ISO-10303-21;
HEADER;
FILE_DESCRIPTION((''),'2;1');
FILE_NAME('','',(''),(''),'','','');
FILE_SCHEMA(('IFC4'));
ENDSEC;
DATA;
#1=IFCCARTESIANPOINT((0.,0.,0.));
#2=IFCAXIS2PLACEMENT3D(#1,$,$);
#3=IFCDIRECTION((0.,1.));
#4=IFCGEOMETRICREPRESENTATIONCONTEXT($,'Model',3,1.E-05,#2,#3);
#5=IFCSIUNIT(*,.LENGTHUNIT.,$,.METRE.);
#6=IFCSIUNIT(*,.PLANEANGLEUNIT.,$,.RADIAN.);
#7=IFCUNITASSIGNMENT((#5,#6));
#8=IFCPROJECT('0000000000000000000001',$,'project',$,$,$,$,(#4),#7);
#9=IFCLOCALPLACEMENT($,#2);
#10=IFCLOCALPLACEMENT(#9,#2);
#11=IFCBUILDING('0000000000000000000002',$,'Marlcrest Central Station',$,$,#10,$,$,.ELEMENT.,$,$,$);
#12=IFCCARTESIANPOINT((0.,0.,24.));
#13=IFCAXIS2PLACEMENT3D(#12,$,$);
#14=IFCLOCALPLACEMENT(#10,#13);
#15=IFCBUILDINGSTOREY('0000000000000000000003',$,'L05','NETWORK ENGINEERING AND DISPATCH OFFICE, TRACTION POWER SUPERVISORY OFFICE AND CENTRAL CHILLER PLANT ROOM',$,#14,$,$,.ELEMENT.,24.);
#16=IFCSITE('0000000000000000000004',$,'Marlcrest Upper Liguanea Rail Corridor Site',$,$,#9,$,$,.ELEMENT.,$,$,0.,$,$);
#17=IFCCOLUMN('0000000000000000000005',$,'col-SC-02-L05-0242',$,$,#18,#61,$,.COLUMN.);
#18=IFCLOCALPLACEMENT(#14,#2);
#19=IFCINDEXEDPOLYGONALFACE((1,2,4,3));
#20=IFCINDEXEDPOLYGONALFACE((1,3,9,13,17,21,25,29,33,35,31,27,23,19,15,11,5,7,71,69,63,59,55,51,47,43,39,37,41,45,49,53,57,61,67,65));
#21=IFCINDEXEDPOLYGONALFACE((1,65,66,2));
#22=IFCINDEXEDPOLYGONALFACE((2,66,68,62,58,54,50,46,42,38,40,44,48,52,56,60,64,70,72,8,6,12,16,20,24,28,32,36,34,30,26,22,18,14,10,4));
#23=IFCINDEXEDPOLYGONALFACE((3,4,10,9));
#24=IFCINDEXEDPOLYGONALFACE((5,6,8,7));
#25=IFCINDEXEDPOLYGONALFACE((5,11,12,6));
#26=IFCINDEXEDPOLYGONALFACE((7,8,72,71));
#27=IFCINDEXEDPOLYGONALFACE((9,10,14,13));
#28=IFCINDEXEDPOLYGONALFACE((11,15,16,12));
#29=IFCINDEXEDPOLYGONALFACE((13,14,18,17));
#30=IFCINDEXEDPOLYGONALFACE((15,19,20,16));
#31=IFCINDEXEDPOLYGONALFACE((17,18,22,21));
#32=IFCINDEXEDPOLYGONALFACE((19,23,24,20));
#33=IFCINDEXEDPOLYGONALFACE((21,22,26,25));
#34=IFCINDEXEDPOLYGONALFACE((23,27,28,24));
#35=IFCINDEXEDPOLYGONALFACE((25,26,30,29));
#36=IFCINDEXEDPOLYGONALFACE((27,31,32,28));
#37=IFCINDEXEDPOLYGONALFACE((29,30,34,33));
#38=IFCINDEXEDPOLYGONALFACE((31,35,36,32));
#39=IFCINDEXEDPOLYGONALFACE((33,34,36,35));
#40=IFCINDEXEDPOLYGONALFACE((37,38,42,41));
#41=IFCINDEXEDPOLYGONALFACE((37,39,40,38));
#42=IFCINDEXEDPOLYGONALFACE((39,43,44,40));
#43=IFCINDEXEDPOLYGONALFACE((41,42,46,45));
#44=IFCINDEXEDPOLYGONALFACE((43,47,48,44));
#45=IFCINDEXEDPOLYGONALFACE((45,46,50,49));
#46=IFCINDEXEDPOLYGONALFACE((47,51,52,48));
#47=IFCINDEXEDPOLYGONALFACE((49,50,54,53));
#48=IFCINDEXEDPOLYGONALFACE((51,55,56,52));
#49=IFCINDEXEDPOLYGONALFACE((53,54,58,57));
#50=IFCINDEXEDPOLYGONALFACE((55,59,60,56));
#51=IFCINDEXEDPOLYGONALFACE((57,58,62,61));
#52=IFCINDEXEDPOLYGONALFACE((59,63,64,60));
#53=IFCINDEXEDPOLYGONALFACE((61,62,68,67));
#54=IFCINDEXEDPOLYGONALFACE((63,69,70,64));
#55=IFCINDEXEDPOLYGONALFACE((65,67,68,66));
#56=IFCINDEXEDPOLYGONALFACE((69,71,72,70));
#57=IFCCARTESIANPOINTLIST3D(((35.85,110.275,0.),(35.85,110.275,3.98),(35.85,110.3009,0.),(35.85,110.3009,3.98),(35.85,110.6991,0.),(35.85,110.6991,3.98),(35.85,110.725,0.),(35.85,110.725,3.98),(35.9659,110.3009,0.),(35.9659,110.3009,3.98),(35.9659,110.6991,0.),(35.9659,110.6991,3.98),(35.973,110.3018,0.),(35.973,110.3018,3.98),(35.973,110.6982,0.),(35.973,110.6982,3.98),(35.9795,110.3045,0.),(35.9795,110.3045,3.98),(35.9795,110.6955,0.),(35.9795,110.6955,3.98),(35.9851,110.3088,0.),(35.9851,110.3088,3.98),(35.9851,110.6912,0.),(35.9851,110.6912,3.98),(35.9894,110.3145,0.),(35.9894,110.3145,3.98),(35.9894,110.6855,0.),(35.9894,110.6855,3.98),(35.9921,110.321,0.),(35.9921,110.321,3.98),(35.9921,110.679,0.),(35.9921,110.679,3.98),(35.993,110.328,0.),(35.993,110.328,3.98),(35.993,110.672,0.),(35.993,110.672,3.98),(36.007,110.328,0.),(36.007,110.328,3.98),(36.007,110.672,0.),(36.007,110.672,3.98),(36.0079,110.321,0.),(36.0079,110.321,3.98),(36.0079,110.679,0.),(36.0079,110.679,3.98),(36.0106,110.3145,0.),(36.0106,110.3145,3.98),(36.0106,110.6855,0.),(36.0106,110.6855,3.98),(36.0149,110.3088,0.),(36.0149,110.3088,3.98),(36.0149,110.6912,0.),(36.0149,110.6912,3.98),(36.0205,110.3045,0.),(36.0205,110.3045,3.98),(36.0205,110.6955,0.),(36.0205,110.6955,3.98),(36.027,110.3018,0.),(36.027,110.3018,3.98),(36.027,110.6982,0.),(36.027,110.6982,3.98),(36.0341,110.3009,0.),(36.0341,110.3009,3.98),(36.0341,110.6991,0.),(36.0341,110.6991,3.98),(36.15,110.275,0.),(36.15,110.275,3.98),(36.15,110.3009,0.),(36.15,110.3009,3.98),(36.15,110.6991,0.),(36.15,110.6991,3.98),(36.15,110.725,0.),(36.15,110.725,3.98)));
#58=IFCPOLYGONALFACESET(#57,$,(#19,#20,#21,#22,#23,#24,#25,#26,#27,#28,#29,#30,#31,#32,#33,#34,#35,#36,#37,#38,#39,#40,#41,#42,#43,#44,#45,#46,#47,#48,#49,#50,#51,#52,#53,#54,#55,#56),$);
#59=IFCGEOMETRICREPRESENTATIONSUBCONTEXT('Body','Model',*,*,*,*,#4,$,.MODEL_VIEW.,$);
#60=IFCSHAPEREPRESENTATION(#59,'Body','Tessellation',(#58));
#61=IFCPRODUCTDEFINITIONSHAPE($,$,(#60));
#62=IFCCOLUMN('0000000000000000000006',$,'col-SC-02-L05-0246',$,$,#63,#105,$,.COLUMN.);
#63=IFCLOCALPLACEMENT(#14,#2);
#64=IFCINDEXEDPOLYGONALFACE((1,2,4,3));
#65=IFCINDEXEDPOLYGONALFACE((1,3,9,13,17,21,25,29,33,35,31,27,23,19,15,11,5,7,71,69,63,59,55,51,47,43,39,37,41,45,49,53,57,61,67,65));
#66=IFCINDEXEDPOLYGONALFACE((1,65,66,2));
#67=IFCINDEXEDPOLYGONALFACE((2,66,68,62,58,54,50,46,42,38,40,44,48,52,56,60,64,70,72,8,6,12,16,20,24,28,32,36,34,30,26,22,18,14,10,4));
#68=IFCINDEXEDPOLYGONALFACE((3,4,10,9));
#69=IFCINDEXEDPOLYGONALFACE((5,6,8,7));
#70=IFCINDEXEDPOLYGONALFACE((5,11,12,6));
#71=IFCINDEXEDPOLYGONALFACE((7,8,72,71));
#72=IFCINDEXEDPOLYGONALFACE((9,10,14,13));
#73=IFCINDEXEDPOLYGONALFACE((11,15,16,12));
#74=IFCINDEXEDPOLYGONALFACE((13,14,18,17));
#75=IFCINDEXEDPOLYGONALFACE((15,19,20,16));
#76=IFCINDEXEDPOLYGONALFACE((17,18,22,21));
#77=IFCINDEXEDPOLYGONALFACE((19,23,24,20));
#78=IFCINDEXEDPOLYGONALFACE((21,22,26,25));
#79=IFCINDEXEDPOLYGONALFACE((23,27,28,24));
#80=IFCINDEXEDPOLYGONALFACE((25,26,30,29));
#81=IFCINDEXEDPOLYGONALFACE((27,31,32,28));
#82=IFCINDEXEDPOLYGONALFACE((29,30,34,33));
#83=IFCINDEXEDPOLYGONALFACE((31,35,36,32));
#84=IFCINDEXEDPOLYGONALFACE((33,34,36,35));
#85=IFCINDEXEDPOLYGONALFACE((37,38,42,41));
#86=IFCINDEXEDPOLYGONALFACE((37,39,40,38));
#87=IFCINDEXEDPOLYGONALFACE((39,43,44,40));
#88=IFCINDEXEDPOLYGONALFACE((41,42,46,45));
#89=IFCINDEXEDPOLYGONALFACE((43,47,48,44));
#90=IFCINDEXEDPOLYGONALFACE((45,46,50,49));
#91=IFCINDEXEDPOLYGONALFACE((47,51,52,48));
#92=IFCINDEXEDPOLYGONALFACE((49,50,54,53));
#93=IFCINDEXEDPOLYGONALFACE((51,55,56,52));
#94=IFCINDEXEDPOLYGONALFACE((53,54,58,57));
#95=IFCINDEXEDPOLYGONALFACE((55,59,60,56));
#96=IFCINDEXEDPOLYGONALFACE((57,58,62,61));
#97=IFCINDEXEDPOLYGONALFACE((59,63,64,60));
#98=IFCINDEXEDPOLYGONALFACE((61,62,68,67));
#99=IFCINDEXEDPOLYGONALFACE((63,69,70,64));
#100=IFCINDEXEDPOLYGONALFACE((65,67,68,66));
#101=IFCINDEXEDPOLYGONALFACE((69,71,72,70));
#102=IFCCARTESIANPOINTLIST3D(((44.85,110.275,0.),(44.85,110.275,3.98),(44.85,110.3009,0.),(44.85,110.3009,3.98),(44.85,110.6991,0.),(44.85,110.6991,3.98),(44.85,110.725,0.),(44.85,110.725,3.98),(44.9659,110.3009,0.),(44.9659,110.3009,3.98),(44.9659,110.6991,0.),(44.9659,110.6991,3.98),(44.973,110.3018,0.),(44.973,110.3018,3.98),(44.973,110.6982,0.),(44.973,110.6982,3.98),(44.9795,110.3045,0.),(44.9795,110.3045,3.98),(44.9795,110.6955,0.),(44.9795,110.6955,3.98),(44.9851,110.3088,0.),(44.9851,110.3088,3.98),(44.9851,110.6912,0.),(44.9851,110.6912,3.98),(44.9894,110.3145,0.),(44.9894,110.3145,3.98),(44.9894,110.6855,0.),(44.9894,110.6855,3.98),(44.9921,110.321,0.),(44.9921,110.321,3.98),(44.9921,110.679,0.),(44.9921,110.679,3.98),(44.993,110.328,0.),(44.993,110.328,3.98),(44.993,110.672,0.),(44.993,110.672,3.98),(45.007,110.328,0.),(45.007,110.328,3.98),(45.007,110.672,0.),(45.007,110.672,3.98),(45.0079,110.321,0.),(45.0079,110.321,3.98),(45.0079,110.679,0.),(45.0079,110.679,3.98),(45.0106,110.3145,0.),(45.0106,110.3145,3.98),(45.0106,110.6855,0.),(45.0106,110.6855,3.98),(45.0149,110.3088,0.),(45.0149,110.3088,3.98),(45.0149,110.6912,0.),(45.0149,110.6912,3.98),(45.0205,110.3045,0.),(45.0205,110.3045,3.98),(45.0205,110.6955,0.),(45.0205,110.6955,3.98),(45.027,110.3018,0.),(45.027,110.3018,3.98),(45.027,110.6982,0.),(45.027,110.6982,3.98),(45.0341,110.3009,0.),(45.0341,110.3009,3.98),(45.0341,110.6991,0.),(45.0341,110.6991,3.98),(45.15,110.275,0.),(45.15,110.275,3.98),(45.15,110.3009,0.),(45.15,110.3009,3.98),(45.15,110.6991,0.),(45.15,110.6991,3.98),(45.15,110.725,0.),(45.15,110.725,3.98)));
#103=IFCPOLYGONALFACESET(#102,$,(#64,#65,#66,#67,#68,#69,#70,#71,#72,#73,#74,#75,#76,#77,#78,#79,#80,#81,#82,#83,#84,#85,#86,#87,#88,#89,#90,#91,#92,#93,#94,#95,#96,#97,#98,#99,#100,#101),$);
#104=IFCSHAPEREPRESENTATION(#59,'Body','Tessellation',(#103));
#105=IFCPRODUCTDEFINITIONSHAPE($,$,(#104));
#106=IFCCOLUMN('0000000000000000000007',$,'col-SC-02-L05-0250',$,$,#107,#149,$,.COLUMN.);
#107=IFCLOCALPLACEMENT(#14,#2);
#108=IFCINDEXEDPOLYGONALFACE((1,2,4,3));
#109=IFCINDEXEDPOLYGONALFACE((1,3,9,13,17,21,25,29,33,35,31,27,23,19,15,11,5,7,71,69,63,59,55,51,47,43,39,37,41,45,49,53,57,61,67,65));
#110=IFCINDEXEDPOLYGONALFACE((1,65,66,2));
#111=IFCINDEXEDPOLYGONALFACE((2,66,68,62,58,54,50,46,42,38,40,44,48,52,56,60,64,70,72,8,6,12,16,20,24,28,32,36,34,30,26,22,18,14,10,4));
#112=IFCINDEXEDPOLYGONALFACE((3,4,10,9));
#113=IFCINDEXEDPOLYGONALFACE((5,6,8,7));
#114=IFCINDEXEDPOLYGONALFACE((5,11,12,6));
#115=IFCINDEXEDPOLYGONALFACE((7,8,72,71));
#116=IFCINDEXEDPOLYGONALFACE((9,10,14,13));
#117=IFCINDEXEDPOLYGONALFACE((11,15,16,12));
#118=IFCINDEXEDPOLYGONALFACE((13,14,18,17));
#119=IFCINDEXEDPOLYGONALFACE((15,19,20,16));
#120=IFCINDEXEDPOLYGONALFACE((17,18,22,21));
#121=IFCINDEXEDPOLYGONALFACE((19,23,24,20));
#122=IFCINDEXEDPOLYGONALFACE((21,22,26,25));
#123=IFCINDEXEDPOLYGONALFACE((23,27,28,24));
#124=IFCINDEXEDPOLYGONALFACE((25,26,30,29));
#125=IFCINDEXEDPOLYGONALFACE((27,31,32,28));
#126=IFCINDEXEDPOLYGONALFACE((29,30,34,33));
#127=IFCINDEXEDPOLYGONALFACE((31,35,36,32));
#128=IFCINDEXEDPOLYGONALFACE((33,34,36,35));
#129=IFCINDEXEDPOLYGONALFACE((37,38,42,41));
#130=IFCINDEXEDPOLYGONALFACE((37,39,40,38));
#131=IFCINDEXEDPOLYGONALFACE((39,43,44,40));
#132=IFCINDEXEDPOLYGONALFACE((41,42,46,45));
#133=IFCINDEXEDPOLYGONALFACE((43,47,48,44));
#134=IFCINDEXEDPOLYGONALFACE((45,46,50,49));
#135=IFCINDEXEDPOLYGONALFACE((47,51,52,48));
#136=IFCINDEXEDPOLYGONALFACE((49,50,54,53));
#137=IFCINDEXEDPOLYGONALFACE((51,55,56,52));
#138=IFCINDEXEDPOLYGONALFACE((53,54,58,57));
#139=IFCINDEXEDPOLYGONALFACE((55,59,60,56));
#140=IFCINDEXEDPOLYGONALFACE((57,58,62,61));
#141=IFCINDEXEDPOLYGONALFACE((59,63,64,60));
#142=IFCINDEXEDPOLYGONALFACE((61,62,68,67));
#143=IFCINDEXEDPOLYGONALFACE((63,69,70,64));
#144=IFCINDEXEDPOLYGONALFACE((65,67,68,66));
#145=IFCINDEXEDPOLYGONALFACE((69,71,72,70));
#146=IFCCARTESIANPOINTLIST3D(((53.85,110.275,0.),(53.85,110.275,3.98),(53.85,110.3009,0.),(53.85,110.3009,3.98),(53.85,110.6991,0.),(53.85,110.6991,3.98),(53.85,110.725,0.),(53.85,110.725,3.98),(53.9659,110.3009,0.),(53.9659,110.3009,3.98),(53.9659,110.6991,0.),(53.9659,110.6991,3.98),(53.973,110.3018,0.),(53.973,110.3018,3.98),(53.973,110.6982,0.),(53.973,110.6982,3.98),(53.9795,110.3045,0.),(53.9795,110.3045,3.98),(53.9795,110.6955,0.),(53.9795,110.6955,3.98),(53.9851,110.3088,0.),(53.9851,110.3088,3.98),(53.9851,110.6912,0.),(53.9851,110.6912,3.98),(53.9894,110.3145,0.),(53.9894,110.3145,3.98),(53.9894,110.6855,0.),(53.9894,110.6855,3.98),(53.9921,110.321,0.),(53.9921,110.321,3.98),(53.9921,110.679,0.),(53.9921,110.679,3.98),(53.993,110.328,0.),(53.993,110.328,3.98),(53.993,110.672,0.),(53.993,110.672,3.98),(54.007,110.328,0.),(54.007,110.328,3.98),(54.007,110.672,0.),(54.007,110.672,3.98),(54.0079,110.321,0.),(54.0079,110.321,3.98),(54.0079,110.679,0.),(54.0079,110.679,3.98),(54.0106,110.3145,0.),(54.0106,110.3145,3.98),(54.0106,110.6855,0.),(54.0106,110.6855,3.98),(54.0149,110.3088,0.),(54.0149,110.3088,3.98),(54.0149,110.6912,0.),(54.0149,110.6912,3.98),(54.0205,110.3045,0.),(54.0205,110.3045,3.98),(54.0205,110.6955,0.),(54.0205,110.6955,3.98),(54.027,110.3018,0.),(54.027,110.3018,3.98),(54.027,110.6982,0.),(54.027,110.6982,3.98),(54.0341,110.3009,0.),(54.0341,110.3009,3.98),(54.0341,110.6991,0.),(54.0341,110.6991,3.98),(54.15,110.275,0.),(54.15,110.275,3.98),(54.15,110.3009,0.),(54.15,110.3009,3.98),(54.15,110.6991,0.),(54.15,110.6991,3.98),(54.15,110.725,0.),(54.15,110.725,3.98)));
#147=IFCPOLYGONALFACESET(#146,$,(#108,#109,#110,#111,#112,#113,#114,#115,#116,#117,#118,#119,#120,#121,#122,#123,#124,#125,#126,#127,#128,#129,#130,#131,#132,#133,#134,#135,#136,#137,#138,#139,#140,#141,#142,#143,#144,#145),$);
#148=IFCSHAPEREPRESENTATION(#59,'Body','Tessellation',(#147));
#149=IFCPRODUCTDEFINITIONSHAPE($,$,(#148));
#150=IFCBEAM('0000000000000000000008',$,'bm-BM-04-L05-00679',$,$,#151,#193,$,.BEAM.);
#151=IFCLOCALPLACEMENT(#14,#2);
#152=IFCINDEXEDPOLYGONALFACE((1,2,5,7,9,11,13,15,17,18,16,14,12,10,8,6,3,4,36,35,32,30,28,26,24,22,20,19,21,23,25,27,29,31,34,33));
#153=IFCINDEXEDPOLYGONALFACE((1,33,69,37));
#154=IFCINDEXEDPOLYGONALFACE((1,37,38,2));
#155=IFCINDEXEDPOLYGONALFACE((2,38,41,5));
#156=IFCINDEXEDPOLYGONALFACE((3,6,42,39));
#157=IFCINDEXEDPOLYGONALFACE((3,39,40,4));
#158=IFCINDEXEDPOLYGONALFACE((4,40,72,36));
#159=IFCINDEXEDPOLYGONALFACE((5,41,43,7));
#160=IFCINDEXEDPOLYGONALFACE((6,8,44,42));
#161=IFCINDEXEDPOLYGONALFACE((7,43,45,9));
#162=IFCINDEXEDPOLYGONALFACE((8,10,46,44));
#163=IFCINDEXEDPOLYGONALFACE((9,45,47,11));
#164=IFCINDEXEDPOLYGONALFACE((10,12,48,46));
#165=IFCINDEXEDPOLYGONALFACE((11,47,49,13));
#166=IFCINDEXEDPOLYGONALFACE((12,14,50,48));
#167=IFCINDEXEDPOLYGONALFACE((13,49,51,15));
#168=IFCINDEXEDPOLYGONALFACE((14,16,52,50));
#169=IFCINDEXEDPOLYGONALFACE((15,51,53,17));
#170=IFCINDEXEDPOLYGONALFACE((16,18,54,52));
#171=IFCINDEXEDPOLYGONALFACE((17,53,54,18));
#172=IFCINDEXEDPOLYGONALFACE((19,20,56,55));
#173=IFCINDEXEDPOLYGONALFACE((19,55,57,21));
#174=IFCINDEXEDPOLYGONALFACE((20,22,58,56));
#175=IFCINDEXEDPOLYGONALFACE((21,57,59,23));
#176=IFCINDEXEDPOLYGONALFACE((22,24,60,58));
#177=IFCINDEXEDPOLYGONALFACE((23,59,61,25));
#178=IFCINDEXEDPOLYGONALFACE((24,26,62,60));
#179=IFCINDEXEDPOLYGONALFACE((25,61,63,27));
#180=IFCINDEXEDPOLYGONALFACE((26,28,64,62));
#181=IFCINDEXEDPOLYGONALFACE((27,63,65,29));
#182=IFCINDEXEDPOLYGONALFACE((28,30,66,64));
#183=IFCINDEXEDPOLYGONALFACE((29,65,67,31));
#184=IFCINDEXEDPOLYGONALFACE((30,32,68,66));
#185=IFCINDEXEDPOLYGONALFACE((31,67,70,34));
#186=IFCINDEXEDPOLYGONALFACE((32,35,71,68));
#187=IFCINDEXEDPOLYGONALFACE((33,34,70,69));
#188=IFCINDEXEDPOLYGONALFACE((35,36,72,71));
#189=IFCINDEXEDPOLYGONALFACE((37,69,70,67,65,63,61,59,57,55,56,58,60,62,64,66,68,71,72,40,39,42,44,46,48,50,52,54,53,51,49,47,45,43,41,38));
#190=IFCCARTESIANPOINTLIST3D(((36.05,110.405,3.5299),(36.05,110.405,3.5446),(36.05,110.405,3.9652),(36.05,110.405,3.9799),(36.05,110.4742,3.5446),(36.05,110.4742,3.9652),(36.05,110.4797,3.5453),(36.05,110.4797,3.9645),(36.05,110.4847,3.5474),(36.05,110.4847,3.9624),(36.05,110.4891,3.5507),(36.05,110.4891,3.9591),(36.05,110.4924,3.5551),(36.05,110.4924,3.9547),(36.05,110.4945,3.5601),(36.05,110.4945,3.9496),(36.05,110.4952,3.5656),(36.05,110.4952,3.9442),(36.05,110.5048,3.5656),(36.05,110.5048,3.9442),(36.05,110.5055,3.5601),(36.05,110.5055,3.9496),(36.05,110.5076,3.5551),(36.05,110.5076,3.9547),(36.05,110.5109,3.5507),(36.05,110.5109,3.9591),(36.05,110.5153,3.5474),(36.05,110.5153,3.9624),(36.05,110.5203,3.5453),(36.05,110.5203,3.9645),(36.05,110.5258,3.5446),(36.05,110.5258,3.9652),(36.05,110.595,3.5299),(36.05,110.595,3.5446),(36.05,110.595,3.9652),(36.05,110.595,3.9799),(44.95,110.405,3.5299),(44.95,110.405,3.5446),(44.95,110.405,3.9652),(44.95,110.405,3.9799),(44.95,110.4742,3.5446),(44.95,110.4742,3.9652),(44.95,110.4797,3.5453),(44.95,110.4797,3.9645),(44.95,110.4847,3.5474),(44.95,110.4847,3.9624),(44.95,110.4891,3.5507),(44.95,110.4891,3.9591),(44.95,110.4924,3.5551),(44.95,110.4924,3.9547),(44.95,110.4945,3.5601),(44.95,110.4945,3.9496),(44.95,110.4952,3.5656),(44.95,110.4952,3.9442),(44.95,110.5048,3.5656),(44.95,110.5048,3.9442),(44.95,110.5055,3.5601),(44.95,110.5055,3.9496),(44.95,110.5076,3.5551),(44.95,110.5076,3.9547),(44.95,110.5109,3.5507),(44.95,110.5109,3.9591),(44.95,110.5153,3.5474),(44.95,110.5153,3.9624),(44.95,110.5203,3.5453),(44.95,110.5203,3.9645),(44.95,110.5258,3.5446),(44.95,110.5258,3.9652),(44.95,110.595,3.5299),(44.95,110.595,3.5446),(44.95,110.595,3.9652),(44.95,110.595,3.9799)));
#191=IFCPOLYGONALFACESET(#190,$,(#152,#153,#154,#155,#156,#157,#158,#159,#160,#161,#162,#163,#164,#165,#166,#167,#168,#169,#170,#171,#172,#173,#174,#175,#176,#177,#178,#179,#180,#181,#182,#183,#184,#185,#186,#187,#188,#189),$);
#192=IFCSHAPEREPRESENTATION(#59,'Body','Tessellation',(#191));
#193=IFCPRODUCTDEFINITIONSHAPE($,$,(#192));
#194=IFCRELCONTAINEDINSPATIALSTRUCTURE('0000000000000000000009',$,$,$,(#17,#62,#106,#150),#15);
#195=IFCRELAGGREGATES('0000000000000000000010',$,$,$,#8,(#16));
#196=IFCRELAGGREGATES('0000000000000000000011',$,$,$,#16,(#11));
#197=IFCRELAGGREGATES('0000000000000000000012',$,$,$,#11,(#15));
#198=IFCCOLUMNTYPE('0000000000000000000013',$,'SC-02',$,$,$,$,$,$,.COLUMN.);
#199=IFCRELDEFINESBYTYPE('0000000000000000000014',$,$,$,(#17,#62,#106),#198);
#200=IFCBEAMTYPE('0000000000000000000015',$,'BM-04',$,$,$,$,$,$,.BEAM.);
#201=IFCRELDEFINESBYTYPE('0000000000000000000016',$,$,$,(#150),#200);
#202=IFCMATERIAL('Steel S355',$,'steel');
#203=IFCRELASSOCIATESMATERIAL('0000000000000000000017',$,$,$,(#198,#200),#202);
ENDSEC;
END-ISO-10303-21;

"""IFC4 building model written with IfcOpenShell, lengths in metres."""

from ifc_helpers import new_model, si_unit, direction, frame, origin, origin_2d, place, context, subcontext, project, spatial, i_section, extrude, material, material_profile, profile_set, type_object, element, save


model = new_model("IFC4")

# Units and contexts
model_context = context("Model", 3, precision=1e-05, world=origin(), true_north=direction((0.0, 1.0)))
body_context = subcontext(model_context, "Body", "Model", "MODEL_VIEW")
ifc_project = project(units=[si_unit("LENGTHUNIT", "METRE"), si_unit("PLANEANGLEUNIT", "RADIAN")], contexts=[model_context])

# Site, building, storey
site_placement = place(None, origin())
site = spatial("IfcSite", under=ifc_project, at=site_placement, Name="Marlcrest Upper Liguanea Rail Corridor Site", CompositionType="ELEMENT", RefElevation=0.0)
building_placement = place(site_placement, origin())
building = spatial("IfcBuilding", under=site, at=building_placement, Name="Marlcrest Central Station", CompositionType="ELEMENT")
storey_placement = place(building_placement, frame((0.0, 0.0, 24.0)))
storey = spatial("IfcBuildingStorey", under=building, at=storey_placement, Name="L05", Description="NETWORK ENGINEERING AND DISPATCH OFFICE, TRACTION POWER SUPERVISORY OFFICE AND CENTRAL CHILLER PLANT ROOM", CompositionType="ELEMENT", Elevation=24.0)

# Columns
ifc_material_1 = material(Name="Steel S355", Category="steel")
ifc_material_profile_1 = material_profile(ifc_material_1, i_section(OverallWidth=0.3, OverallDepth=0.45, WebThickness=0.0139, FlangeThickness=0.0259, FilletRadius=0.0271, at=origin_2d()), Name="HEB 450")
ifc_profile_set_1 = profile_set([ifc_material_profile_1], Name="Steel S355")
column_type = type_object("IfcColumnType", Name="SC-02", PredefinedType="COLUMN", material=ifc_profile_set_1)
for number, where, z_axis, x_axis, name in (
    (1, (36.0, 110.5, 0.0), (0.0, 0.0, 1.0), (1.0, 0.0, 0.0), "col-SC-02-L05-0242"),
    (2, (45.0, 110.5, 0.0), (0.0, 0.0, 1.0), (1.0, 0.0, 0.0), "col-SC-02-L05-0246"),
    (3, (54.0, 110.5, 0.0), (0.0, 0.0, 1.0), (1.0, 0.0, 0.0), "col-SC-02-L05-0250"),
):
    element("IfcColumn", number, at=place(storey_placement, frame(where, z_axis=z_axis, x_axis=x_axis)), inside=storey, type_object=column_type, Name=name, PredefinedType="COLUMN", context=body_context, shape_type="SweptSolid", body=[
        extrude(i_section(OverallWidth=0.3, OverallDepth=0.45, WebThickness=0.0139, FlangeThickness=0.0259, FilletRadius=0.0271, at=origin_2d()), origin(), (0.0, 0.0, 1.0), 3.98),
    ])

# Beam
ifc_material_profile_2 = material_profile(ifc_material_1, i_section(OverallWidth=0.1899, OverallDepth=0.45, WebThickness=0.0095, FlangeThickness=0.0146, FilletRadius=0.021, at=origin_2d()), Name="IPE 450")
ifc_profile_set_2 = profile_set([ifc_material_profile_2], Name="Steel S355")
beam_type_1 = type_object("IfcBeamType", Name="BM-04", PredefinedType="BEAM", material=ifc_profile_set_2)
for number, where, z_axis, x_axis, name in (
    (4, (36.05, 110.5, 3.7549), (1.0, 0.0, 0.0), (0.0, 1.0, 0.0), "bm-BM-04-L05-00679"),
):
    element("IfcBeam", number, at=place(storey_placement, frame(where, z_axis=z_axis, x_axis=x_axis)), inside=storey, type_object=beam_type_1, Name=name, PredefinedType="BEAM", context=body_context, shape_type="SweptSolid", body=[
        extrude(i_section(OverallWidth=0.1899, OverallDepth=0.45, WebThickness=0.0095, FlangeThickness=0.0146, FilletRadius=0.021, at=origin_2d()), origin(), (0.0, 0.0, 1.0), 8.8999),
    ])

save(model, "model.ifc")
